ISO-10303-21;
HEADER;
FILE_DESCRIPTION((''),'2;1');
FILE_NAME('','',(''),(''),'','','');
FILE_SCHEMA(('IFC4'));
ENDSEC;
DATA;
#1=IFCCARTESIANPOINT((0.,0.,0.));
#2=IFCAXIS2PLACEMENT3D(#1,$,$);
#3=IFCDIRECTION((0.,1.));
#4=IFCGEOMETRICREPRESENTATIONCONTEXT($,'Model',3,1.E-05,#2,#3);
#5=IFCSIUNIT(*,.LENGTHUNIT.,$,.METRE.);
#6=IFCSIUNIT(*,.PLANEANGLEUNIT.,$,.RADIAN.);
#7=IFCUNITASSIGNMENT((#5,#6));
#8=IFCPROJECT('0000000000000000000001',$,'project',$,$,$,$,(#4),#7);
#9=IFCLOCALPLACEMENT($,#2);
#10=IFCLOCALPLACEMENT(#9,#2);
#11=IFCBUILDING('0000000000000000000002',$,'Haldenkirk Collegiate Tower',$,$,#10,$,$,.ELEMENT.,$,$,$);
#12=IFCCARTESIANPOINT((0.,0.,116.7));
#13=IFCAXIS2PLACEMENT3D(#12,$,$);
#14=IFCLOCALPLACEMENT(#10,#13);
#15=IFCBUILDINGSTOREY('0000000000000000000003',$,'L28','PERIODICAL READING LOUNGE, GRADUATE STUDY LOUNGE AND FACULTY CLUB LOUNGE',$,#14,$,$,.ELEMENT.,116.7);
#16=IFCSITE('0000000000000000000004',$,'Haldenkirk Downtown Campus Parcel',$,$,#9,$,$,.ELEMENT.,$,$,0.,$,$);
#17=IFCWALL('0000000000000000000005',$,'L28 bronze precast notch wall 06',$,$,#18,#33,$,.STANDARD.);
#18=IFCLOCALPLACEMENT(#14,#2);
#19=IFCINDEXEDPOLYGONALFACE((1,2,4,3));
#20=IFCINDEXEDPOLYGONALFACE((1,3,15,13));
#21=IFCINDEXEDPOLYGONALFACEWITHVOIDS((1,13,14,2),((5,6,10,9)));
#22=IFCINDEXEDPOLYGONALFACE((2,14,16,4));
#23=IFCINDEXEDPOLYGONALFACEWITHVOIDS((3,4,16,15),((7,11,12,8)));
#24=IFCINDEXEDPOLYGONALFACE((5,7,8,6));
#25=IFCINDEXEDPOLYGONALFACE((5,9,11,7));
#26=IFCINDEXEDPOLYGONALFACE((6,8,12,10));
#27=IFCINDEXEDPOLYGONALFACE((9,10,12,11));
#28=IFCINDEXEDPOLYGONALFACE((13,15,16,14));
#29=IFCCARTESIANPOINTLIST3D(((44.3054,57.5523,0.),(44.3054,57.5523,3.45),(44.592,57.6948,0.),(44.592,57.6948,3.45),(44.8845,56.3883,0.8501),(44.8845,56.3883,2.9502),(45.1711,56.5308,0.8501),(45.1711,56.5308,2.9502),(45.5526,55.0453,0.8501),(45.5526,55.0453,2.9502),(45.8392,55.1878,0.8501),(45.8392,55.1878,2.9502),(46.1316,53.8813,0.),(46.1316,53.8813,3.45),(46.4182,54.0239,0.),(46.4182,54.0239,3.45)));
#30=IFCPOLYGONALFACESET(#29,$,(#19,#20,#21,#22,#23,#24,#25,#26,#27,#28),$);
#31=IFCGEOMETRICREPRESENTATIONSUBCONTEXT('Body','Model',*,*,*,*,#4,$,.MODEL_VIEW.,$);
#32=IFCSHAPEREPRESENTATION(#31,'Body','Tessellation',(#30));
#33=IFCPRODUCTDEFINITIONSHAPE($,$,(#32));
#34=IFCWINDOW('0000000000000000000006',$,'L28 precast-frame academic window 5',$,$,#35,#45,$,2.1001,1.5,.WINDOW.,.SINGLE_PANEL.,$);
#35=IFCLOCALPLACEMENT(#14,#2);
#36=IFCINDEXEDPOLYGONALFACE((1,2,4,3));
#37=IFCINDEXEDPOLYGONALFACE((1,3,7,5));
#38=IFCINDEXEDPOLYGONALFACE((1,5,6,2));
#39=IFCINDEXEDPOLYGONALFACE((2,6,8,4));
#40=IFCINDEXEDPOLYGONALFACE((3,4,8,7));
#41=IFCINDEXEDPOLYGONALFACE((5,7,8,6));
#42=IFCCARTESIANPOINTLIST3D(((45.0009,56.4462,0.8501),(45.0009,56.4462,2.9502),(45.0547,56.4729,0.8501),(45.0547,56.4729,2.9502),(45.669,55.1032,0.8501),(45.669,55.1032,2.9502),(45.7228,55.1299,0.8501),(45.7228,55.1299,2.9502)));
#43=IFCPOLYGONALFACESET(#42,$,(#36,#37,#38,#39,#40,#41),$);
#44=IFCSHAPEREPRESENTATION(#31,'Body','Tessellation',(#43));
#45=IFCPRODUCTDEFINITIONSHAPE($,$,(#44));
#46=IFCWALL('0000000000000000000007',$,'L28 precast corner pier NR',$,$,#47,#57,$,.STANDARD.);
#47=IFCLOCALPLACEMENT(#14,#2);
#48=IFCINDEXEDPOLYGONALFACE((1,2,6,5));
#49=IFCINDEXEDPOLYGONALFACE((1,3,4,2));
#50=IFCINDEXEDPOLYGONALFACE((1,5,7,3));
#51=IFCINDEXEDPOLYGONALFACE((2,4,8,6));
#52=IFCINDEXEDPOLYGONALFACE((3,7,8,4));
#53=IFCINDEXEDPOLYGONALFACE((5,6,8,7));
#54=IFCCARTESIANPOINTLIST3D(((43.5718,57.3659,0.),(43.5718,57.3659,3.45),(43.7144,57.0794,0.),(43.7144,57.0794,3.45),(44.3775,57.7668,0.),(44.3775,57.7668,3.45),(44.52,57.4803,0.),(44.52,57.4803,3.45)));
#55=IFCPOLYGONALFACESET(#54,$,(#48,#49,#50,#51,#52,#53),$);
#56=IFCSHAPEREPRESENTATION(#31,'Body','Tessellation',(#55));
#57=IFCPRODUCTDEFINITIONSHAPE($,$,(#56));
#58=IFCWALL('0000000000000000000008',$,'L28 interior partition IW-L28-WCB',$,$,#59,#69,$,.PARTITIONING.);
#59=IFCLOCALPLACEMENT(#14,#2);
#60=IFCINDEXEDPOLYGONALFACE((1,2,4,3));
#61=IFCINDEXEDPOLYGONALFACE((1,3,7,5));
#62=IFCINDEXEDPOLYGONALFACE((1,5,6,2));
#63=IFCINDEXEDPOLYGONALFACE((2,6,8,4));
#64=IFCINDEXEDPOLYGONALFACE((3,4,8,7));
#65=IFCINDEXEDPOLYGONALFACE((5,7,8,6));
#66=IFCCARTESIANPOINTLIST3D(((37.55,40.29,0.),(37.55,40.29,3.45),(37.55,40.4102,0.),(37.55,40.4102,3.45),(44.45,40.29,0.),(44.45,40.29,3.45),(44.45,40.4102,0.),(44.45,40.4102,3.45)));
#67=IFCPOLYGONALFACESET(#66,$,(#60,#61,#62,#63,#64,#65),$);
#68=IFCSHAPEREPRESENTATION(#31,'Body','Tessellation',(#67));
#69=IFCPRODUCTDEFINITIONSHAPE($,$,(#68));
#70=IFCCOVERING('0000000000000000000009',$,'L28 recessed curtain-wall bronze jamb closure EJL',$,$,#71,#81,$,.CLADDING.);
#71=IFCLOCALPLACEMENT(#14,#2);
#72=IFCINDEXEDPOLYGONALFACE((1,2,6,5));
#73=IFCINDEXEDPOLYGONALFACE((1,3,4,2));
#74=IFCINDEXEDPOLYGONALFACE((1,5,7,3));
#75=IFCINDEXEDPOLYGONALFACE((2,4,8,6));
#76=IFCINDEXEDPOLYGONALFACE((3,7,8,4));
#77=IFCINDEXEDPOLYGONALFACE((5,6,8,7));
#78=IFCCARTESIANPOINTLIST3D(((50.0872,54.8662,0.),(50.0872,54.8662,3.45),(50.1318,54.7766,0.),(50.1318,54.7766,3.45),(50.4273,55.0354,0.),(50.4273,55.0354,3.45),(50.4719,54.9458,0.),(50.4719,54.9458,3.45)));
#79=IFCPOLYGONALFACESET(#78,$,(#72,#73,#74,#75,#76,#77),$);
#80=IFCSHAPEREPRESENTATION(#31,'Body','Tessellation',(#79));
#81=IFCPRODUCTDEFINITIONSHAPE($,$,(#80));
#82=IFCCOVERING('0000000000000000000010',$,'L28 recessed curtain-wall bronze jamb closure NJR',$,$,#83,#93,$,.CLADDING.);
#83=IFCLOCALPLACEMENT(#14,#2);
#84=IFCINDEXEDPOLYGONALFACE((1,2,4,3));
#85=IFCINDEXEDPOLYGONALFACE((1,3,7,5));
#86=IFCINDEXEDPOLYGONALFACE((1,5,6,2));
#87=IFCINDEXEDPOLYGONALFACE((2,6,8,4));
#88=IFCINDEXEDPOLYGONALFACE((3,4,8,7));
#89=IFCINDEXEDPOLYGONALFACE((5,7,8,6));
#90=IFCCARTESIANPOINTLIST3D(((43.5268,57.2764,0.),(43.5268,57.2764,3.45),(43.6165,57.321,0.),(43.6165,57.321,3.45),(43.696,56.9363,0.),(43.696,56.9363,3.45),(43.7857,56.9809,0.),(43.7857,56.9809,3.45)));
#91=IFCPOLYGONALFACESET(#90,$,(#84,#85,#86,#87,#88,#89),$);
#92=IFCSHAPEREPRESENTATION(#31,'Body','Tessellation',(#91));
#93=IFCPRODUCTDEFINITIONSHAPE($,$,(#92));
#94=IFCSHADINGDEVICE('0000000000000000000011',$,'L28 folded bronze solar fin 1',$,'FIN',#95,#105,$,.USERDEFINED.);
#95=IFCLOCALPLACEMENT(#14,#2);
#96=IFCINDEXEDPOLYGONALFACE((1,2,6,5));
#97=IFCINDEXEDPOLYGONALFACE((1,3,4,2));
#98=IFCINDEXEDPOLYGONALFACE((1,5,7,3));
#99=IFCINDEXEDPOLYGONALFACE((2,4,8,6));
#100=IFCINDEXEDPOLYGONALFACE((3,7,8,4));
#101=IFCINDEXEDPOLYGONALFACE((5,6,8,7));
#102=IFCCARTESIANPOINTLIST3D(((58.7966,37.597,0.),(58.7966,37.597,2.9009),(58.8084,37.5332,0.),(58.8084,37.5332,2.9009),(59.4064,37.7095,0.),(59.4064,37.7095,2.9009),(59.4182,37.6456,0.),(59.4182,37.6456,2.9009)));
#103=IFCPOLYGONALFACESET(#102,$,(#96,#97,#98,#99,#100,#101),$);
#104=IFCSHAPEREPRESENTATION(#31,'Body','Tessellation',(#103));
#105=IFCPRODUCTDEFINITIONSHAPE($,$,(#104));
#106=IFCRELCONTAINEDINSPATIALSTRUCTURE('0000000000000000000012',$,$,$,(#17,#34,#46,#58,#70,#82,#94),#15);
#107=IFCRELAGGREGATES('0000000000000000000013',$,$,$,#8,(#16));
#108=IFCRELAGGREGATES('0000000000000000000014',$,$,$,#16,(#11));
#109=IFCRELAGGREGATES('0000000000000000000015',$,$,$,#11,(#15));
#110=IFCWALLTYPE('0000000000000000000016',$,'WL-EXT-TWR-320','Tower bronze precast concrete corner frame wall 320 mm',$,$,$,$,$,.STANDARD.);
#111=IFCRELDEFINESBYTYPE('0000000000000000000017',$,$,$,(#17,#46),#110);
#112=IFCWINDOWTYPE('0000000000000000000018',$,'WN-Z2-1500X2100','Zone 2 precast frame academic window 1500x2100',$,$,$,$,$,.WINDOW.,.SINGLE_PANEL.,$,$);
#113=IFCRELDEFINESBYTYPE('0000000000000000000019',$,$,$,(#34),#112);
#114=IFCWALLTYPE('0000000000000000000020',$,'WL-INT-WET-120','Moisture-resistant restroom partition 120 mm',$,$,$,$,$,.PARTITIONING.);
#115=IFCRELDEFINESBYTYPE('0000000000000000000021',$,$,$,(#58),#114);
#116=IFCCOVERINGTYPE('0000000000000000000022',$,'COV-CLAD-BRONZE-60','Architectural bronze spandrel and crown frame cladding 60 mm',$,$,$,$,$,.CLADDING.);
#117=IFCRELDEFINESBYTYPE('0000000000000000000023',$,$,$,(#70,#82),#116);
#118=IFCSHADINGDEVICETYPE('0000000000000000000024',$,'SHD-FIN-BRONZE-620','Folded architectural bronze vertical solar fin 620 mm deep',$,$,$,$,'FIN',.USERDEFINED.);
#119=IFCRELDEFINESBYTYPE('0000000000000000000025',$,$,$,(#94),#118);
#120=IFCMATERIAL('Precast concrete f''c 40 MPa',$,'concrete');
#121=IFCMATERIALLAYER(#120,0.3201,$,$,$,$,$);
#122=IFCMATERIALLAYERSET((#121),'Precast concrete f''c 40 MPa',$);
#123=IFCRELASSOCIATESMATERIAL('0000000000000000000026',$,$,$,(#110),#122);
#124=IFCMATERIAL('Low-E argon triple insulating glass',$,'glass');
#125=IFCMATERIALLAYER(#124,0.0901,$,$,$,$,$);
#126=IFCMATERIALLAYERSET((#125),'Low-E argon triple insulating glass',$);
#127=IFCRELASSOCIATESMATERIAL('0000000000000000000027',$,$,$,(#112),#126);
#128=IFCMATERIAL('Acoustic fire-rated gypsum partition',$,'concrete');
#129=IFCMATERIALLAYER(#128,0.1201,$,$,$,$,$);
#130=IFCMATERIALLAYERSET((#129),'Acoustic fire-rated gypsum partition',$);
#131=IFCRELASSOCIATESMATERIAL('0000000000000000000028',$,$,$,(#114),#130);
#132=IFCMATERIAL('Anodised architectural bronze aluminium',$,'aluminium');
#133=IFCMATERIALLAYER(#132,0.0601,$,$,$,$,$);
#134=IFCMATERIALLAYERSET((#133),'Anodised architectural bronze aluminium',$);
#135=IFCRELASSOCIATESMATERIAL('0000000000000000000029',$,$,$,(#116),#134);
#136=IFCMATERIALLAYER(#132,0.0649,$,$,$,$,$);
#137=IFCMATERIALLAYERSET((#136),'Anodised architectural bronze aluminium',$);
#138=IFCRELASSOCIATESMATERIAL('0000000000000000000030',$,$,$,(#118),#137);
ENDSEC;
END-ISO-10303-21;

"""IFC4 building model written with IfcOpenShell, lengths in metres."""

from ifc_helpers import new_model, si_unit, direction, frame, frame_2d, origin, origin_2d, place, context, subcontext, project, spatial, rectangle, extrude, source, transform, mapped, material, layer, layer_set, type_object, element, fill, save


model = new_model("IFC4")

# Units and contexts
model_context = context("Model", 3, precision=1e-05, world=origin(), true_north=direction((0.0, 1.0)))
body_context = subcontext(model_context, "Body", "Model", "MODEL_VIEW")
ifc_project = project(units=[si_unit("LENGTHUNIT", "METRE"), si_unit("PLANEANGLEUNIT", "RADIAN")], contexts=[model_context])

# Site, building, storey
site_placement = place(None, origin())
site = spatial("IfcSite", under=ifc_project, at=site_placement, Name="Haldenkirk Downtown Campus Parcel", CompositionType="ELEMENT", RefElevation=0.0)
building_placement = place(site_placement, origin())
building = spatial("IfcBuilding", under=site, at=building_placement, Name="Haldenkirk Collegiate Tower", CompositionType="ELEMENT")
storey_placement = place(building_placement, frame((0.0, 0.0, 116.7)))
storey = spatial("IfcBuildingStorey", under=building, at=storey_placement, Name="L28", Description="PERIODICAL READING LOUNGE, GRADUATE STUDY LOUNGE AND FACULTY CLUB LOUNGE", CompositionType="ELEMENT", Elevation=116.7)

# Shared definitions
ifc_material_1 = material(Name="Anodised architectural bronze aluminium", Category="aluminium")

# Shared definitions
ifc_material_2 = material(Name="Low-E argon triple insulating glass", Category="glass")

# Shared definitions
ifc_material_3 = material(Name="Precast concrete f'c 40 MPa", Category="concrete")
ifc_layer_1 = layer(ifc_material_3, 0.3201)
ifc_layer_set_1 = layer_set([ifc_layer_1], Name="Precast concrete f'c 40 MPa")
wall_type_1 = type_object("IfcWallType", Name="WL-EXT-TWR-320", Description="Tower bronze precast concrete corner frame wall 320 mm", PredefinedType="STANDARD", material=ifc_layer_set_1)

# Wall, opening, window
wall_1_placement = place(storey_placement, frame((44.4487, 57.6235, 0.0), z_axis=(0.0, 0.0, 1.0), x_axis=(0.445402, -0.89533, 0.0)))
wall_1 = element("IfcWall", 1, at=wall_1_placement, inside=storey, type_object=wall_type_1, Name="L28 bronze precast notch wall 06", PredefinedType="STANDARD", context=body_context, shape_type="SweptSolid", body=[
    extrude(rectangle(XDim=4.1001, YDim=0.3201, at=frame_2d((2.05, 0.0))), origin(), (0.0, 0.0, 1.0), 3.45),
])
opening_placement = place(wall_1_placement, frame((1.3, 0.0, 0.8501)))
opening = element("IfcOpeningElement", 2, at=opening_placement, cuts=wall_1, PredefinedType="OPENING", context=body_context, shape_type="SweptSolid", body=[
    extrude(rectangle(XDim=1.5, YDim=2.1001, at=frame_2d((0.75, 1.05))), frame((0.0, 0.1699, 0.0), z_axis=(0.0, -1.0, 0.0), x_axis=(1.0, 0.0, 0.0)), (0.0, 0.0, 1.0), 0.3401),
])
ifc_layer_2 = layer(ifc_material_2, 0.0901)
ifc_layer_set_2 = layer_set([ifc_layer_2], Name="Low-E argon triple insulating glass")
window_type = type_object("IfcWindowType", Name="WN-Z2-1500X2100", Description="Zone 2 precast frame academic window 1500x2100", PartitioningType="SINGLE_PANEL", PredefinedType="WINDOW", material=ifc_layer_set_2)
window_placement = place(opening_placement, origin())
window = element("IfcWindow", 3, at=window_placement, inside=storey, type_object=window_type, Name="L28 precast-frame academic window 5", OverallHeight=2.1001, OverallWidth=1.5, PartitioningType="SINGLE_PANEL", PredefinedType="WINDOW", context=body_context, shape_type="SweptSolid", body=[
    extrude(rectangle(XDim=1.5, YDim=2.1001, at=frame_2d((0.75, 1.05))), frame((0.0, 0.03, 0.0), z_axis=(0.0, -1.0, 0.0), x_axis=(1.0, 0.0, 0.0)), (0.0, 0.0, 1.0), 0.0601),
])
fill(opening, window)

# Walls
wall_2_placement = place(storey_placement, frame((43.6431, 57.2227, 0.0), z_axis=(0.0, 0.0, 1.0), x_axis=(0.895294, 0.445476, 0.0)))
element("IfcWall", 4, at=wall_2_placement, inside=storey, type_object=wall_type_1, Name="L28 precast corner pier NR", PredefinedType="STANDARD", context=body_context, shape_type="SweptSolid", body=[
    extrude(rectangle(XDim=0.8999, YDim=0.3201, at=frame_2d((0.45, 0.0))), origin(), (0.0, 0.0, 1.0), 3.45),
])
ifc_material_4 = material(Name="Acoustic fire-rated gypsum partition", Category="concrete")
ifc_layer_3 = layer(ifc_material_4, 0.1201)
ifc_layer_set_3 = layer_set([ifc_layer_3], Name="Acoustic fire-rated gypsum partition")
wall_type_2 = type_object("IfcWallType", Name="WL-INT-WET-120", Description="Moisture-resistant restroom partition 120 mm", PredefinedType="PARTITIONING", material=ifc_layer_set_3)
wall_3_placement = place(storey_placement, frame((37.55, 40.3501, 0.0), z_axis=(0.0, 0.0, 1.0), x_axis=(1.0, 0.0, 0.0)))
element("IfcWall", 5, at=wall_3_placement, inside=storey, type_object=wall_type_2, Name="L28 interior partition IW-L28-WCB", PredefinedType="PARTITIONING", context=body_context, shape_type="SweptSolid", body=[
    extrude(rectangle(XDim=6.8999, YDim=0.1201, at=frame_2d((3.45, 0.0))), origin(), (0.0, 0.0, 1.0), 3.45),
])

# Coverings
ifc_layer_4 = layer(ifc_material_1, 0.0601)
ifc_layer_set_4 = layer_set([ifc_layer_4], Name="Anodised architectural bronze aluminium")
covering_type = type_object("IfcCoveringType", Name="COV-CLAD-BRONZE-60", Description="Architectural bronze spandrel and crown frame cladding 60 mm", PredefinedType="CLADDING", material=ifc_layer_set_4)
shared_shape_1 = source(origin(), body_context, "Body", "SweptSolid", [
    extrude(rectangle(XDim=0.1001, YDim=0.3799, at=origin_2d()), origin(), (0.0, 0.0, 1.0), 3.45),
])
for number, where, z_axis, x_axis, name in (
    (6, (50.2795, 54.906, 0.0), (0.0, 0.0, 1.0), (0.445417, -0.895323, 0.0), "L28 recessed curtain-wall bronze jamb closure EJL"),
    (7, (43.6562, 57.1287, 0.0), (0.0, 0.0, 1.0), (0.895323, 0.445417, 0.0), "L28 recessed curtain-wall bronze jamb closure NJR"),
):
    element("IfcCovering", number, at=place(storey_placement, frame(where, z_axis=z_axis, x_axis=x_axis)), inside=storey, type_object=covering_type, Name=name, PredefinedType="CLADDING", context=body_context, shape_type="MappedRepresentation", body=[
        mapped(shared_shape_1, transform((0.0, 0.0, 0.0), x_axis=(1.0, 0.0, 0.0), y_axis=(0.0, 1.0, 0.0), z_axis=(0.0, 0.0, 1.0), scale=1.0)),
    ])

# Shading device
ifc_layer_5 = layer(ifc_material_1, 0.0649)
ifc_layer_set_5 = layer_set([ifc_layer_5], Name="Anodised architectural bronze aluminium")
shading_device_type = type_object("IfcShadingDeviceType", Name="SHD-FIN-BRONZE-620", Description="Folded architectural bronze vertical solar fin 620 mm deep", ElementType="FIN", PredefinedType="USERDEFINED", material=ifc_layer_set_5)
shared_shape_2 = source(origin(), body_context, "Body", "SweptSolid", [
    extrude(rectangle(XDim=0.6201, YDim=0.0649, at=origin_2d()), origin(), (0.0, 0.0, 1.0), 2.9009),
])
shading_device_placement = place(storey_placement, frame((59.1074, 37.6213, 0.0), z_axis=(0.0, 0.0, 1.0), x_axis=(0.983414, 0.181377, 0.0)))
element("IfcShadingDevice", 8, at=shading_device_placement, inside=storey, type_object=shading_device_type, Name="L28 folded bronze solar fin 1", ObjectType="FIN", PredefinedType="USERDEFINED", context=body_context, shape_type="MappedRepresentation", body=[
    mapped(shared_shape_2, transform((0.0, 0.0, 0.0), x_axis=(1.0, 0.0, 0.0), y_axis=(0.0, 1.0, 0.0), z_axis=(0.0, 0.0, 1.0), scale=1.0)),
])

save(model, "model.ifc")
